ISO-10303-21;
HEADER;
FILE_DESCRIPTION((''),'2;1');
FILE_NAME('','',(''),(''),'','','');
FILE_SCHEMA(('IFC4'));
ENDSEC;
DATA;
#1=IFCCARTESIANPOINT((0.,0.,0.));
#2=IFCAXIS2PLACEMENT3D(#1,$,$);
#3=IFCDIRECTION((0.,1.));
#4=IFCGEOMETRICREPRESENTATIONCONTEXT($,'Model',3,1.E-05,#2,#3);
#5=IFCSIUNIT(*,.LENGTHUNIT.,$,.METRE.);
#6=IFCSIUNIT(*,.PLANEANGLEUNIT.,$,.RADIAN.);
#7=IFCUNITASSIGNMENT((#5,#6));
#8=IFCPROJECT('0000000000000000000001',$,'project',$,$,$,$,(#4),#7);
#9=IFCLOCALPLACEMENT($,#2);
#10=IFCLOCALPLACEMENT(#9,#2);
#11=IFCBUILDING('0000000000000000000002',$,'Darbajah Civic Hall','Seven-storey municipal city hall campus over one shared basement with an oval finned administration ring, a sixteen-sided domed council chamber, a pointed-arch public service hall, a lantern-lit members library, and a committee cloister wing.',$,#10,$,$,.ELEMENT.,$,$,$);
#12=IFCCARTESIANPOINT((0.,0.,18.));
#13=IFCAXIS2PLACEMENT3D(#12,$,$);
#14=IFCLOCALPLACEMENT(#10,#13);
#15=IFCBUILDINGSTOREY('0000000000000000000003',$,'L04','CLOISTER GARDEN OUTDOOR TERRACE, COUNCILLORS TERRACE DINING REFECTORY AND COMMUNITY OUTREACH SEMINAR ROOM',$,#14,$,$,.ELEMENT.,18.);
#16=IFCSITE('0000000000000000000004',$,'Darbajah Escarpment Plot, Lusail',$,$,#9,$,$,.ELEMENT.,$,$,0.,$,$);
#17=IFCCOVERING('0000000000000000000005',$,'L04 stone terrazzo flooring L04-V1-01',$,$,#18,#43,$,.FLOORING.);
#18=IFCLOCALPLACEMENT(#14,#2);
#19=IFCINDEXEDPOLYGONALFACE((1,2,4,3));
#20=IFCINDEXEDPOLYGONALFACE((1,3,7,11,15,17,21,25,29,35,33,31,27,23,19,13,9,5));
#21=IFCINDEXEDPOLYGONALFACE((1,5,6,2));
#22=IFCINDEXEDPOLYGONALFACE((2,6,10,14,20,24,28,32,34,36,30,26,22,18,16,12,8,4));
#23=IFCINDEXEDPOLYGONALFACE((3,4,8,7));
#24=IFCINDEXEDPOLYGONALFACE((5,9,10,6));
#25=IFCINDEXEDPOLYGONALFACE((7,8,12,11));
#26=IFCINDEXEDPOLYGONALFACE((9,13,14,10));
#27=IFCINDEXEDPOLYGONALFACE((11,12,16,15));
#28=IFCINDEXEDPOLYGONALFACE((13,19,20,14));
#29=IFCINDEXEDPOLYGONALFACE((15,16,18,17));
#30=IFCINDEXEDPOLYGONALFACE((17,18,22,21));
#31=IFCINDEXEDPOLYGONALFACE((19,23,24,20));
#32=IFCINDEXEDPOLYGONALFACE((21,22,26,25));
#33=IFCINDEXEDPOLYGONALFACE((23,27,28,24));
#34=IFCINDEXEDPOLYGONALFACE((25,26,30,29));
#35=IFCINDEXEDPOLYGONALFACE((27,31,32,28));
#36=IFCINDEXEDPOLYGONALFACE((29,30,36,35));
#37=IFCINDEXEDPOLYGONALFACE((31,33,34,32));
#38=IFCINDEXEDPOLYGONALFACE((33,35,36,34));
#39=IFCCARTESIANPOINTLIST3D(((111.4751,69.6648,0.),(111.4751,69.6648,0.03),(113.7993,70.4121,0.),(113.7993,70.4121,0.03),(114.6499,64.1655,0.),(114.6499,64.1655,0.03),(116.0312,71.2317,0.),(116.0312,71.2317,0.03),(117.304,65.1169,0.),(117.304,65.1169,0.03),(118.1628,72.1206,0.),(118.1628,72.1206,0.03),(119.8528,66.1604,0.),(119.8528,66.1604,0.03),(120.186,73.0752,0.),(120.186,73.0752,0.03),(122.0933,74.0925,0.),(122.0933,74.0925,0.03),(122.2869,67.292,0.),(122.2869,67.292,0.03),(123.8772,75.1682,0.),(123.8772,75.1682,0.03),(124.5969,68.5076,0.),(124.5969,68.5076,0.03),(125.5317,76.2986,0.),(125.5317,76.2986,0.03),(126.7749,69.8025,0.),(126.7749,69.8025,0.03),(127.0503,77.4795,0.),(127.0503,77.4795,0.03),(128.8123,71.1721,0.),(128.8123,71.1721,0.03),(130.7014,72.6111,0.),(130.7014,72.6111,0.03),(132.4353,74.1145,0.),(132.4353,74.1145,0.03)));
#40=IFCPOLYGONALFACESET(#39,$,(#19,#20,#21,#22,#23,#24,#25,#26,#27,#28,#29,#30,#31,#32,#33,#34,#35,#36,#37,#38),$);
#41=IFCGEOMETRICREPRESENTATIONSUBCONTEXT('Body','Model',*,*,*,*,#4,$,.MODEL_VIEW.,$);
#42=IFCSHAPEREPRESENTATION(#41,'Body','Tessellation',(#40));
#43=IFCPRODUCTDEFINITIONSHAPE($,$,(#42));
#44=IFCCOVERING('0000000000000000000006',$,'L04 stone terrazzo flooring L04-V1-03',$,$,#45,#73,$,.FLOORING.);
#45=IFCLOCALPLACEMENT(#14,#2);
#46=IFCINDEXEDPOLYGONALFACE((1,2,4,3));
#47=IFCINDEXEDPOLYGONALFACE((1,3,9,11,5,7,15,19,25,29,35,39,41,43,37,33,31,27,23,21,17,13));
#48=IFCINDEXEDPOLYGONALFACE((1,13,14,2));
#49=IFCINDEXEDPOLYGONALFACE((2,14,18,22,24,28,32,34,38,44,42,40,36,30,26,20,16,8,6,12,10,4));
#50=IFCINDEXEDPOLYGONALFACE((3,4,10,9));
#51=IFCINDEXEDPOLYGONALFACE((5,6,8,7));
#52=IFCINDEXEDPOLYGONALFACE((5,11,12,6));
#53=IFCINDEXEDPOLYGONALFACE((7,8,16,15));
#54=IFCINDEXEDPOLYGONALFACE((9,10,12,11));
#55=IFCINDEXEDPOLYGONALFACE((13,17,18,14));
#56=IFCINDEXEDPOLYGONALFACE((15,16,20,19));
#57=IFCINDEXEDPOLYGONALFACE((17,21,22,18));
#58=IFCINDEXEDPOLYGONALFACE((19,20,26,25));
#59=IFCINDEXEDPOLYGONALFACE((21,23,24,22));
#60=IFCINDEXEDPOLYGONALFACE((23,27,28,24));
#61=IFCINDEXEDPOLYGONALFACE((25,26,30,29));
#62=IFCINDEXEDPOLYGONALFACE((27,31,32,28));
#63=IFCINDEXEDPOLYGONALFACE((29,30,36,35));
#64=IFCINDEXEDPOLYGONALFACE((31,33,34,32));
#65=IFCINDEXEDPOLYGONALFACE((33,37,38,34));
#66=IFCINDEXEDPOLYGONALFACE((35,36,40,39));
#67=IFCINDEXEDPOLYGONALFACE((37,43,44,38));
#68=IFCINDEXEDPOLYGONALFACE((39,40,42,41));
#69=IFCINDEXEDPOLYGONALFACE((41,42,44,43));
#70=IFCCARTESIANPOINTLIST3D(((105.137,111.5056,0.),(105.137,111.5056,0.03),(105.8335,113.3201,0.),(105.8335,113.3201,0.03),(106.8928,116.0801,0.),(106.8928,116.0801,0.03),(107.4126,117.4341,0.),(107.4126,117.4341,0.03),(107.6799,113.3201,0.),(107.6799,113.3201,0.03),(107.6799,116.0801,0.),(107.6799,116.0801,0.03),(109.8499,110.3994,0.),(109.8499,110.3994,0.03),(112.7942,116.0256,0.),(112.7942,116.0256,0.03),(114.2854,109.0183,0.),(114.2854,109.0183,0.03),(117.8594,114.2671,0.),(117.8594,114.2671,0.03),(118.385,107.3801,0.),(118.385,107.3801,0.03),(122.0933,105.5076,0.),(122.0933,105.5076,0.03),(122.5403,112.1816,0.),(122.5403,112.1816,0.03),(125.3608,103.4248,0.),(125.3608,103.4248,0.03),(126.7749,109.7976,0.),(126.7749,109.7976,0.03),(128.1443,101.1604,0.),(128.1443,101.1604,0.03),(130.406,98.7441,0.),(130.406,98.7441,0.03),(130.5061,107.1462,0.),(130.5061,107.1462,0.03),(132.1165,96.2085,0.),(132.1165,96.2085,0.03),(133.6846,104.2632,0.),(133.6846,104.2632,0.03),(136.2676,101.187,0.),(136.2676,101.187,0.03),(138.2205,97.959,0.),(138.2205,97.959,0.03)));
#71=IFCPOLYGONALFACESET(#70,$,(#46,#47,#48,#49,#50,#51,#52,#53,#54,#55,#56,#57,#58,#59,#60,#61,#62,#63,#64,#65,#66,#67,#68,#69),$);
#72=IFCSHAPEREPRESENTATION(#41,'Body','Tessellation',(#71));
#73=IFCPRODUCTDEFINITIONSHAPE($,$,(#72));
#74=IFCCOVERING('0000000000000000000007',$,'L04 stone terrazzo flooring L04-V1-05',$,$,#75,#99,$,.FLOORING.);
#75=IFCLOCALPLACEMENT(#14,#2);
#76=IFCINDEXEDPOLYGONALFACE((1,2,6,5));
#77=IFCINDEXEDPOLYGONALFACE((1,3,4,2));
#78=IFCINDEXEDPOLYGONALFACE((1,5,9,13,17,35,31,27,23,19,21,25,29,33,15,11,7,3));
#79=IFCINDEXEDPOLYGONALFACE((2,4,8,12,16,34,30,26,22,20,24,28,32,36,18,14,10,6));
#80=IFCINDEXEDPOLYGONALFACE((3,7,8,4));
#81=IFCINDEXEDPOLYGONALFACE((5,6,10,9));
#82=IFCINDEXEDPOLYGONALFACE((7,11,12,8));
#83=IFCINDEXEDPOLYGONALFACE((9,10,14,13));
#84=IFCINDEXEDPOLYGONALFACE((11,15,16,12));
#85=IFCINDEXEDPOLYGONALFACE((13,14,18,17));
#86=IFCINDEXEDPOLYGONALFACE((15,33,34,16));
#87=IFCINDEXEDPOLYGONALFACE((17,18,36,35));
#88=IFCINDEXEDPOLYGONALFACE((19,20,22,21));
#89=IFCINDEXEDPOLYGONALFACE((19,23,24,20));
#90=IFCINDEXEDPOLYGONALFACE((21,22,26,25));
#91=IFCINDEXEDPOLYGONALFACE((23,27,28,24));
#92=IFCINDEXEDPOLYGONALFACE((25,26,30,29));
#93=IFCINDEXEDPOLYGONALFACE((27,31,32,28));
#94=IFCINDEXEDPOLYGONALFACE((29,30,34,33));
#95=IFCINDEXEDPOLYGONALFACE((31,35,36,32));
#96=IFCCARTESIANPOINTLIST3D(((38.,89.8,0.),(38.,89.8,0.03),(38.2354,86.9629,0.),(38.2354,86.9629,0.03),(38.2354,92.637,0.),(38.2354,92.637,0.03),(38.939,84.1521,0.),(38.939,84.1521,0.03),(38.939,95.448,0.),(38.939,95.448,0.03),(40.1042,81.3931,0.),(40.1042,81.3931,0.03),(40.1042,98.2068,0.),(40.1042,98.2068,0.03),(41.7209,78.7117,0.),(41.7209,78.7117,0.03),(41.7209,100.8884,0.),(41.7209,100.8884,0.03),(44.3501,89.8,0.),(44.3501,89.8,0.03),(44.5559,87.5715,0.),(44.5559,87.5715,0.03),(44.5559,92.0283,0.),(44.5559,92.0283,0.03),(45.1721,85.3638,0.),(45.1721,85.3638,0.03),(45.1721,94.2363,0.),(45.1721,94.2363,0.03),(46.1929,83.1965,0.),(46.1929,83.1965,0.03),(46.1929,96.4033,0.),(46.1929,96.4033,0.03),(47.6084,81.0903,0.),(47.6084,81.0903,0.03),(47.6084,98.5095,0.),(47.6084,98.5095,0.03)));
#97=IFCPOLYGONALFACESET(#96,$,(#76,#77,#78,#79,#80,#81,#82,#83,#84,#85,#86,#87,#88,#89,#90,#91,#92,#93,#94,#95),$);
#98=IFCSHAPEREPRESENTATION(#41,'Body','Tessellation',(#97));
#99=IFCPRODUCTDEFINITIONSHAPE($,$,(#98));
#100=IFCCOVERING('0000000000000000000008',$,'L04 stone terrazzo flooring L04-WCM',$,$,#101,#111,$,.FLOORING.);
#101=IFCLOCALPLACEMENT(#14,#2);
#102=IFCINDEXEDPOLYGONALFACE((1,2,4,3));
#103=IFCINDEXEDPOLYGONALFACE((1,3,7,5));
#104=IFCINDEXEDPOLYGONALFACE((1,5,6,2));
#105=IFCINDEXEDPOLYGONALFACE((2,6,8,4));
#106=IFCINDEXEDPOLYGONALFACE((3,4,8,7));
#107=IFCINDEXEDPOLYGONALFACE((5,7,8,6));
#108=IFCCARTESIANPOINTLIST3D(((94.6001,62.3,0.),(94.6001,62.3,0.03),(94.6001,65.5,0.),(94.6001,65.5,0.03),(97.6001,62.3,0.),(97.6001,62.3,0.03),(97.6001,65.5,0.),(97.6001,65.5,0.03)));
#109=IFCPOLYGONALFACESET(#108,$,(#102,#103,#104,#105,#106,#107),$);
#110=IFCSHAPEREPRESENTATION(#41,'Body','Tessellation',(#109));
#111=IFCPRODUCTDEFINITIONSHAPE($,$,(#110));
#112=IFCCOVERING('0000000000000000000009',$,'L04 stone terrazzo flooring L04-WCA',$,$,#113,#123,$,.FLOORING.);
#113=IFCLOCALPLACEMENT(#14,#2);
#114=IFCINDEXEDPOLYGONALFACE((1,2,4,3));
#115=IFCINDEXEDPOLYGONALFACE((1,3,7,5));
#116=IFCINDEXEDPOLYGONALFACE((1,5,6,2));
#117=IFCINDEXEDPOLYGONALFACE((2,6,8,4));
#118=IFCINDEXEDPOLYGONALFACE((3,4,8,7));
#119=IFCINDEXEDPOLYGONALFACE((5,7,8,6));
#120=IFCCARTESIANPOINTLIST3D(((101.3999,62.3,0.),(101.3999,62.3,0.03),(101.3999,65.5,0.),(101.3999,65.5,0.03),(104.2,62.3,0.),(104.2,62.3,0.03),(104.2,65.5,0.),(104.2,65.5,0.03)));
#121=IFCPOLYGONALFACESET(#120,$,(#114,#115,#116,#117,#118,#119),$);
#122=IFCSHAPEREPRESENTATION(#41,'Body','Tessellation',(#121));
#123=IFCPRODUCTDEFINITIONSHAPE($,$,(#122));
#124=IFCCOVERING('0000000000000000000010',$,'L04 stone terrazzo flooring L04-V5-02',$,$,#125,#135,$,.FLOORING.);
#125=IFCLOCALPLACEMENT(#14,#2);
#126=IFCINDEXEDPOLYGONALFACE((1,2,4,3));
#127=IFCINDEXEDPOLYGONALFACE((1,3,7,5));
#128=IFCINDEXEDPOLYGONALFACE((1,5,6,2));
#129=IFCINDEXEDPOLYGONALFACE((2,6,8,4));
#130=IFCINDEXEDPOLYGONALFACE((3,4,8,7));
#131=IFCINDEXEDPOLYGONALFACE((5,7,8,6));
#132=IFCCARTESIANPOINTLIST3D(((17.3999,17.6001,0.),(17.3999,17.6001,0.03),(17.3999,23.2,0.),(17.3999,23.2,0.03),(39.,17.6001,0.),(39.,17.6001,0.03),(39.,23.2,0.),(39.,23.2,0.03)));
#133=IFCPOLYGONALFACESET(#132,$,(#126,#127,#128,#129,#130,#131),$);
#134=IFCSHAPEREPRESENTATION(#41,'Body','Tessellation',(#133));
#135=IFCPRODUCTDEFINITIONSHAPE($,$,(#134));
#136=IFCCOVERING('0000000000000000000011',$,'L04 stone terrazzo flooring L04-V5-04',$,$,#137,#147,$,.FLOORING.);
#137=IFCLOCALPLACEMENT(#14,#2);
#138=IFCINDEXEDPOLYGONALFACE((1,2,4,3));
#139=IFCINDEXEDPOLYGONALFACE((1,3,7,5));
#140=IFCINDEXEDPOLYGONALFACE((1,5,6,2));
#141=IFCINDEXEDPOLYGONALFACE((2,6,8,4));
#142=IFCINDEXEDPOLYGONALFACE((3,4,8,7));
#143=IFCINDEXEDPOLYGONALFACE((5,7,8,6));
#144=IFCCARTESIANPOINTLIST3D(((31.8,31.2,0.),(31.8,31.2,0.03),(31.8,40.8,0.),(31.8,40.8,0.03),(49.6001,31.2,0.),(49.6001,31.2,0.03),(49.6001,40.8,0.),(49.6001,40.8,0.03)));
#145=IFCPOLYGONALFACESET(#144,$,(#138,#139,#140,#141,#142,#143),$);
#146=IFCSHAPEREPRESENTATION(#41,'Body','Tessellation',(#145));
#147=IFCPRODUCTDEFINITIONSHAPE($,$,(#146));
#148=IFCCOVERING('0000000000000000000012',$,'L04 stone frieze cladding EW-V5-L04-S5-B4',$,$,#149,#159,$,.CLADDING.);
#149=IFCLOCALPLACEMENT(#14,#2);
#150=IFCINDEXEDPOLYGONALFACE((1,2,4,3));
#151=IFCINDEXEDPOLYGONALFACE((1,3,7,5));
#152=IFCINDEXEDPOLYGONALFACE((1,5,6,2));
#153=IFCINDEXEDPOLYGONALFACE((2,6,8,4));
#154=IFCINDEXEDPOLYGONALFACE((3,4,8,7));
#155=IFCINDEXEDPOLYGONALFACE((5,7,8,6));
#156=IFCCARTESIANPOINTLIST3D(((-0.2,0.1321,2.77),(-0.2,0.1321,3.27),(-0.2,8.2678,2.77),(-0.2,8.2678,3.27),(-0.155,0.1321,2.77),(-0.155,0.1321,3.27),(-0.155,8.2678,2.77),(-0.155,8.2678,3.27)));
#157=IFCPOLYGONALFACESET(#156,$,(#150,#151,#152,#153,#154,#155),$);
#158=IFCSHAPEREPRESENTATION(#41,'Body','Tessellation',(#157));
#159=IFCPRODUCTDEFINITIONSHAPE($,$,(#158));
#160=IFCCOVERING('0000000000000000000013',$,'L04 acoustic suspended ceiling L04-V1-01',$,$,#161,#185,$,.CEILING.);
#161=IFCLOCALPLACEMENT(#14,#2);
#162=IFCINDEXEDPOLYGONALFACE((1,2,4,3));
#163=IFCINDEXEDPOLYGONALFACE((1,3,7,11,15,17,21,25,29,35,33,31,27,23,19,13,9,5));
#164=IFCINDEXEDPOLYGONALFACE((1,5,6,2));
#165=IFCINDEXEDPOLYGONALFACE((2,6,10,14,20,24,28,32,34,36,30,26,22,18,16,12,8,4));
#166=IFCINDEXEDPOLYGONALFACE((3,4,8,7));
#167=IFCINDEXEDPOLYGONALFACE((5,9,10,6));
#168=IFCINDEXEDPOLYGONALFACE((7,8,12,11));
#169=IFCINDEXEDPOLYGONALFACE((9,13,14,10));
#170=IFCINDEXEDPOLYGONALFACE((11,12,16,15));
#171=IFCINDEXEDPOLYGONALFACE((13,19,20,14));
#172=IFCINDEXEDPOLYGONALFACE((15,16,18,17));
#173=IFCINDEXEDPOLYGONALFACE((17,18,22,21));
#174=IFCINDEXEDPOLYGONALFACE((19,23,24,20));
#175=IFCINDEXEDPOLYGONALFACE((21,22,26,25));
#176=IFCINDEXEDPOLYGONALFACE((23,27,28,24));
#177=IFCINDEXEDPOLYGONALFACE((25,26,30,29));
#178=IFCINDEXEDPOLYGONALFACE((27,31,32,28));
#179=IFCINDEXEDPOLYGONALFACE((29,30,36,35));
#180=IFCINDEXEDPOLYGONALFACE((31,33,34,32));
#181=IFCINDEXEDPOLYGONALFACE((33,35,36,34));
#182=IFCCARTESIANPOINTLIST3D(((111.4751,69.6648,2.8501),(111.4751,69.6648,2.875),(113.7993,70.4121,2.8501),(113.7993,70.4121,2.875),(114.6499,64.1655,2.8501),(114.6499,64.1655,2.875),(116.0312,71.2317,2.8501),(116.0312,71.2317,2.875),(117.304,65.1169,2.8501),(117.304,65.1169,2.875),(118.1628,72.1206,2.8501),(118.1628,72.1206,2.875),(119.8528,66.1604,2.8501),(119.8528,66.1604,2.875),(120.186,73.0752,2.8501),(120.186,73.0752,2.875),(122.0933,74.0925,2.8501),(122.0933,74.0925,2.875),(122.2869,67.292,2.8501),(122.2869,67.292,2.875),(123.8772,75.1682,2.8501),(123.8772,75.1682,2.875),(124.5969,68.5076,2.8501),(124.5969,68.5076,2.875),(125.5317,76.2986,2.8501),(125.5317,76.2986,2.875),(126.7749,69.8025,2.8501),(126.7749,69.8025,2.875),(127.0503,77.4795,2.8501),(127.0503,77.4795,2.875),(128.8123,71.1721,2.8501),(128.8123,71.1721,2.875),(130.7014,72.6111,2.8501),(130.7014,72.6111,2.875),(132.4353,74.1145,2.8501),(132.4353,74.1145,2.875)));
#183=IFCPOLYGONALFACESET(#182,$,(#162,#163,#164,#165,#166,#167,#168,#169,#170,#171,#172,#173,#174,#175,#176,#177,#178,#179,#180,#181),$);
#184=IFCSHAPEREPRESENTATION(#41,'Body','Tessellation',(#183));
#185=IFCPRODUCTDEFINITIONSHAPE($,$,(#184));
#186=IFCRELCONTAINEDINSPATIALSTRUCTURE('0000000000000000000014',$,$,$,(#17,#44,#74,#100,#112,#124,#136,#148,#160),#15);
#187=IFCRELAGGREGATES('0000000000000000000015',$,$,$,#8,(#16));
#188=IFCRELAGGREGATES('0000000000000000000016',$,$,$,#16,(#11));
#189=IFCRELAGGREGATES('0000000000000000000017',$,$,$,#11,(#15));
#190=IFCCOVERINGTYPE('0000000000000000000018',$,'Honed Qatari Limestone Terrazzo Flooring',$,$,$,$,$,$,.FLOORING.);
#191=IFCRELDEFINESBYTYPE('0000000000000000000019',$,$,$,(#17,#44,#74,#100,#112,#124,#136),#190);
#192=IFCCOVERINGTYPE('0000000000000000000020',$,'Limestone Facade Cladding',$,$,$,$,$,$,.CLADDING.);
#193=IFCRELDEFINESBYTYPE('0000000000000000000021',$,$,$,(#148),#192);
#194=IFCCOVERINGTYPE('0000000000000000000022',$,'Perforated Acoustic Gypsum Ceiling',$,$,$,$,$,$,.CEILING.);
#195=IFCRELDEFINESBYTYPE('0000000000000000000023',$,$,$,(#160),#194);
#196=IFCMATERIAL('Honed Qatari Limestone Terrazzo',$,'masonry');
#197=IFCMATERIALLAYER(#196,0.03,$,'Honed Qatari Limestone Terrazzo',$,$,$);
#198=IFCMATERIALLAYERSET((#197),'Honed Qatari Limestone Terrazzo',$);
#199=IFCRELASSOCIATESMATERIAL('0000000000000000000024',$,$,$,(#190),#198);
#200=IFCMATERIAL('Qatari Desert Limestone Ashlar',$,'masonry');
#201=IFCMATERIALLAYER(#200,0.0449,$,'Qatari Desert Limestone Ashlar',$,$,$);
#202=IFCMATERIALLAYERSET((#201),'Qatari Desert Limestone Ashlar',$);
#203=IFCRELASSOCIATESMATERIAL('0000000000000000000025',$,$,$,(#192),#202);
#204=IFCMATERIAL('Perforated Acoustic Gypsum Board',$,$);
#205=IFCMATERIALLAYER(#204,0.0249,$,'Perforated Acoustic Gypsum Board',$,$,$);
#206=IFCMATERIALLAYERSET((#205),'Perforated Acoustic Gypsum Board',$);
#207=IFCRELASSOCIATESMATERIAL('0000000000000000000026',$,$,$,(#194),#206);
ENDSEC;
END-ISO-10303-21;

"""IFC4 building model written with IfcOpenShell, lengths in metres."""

from ifc_helpers import new_model, si_unit, direction, frame, origin, place, context, subcontext, project, spatial, polyline, outline, extrude, material, layer, layer_set, type_object, element, save


model = new_model("IFC4")

# Units and contexts
model_context = context("Model", 3, precision=1e-05, world=origin(), true_north=direction((0.0, 1.0)))
body_context = subcontext(model_context, "Body", "Model", "MODEL_VIEW")
ifc_project = project(units=[si_unit("LENGTHUNIT", "METRE"), si_unit("PLANEANGLEUNIT", "RADIAN")], contexts=[model_context])

# Site, building, storey
site_placement = place(None, origin())
site = spatial("IfcSite", under=ifc_project, at=site_placement, Name="Darbajah Escarpment Plot, Lusail", CompositionType="ELEMENT", RefElevation=0.0)
building_placement = place(site_placement, origin())
building = spatial("IfcBuilding", under=site, at=building_placement, Name="Darbajah Civic Hall", Description="Seven-storey municipal city hall campus over one shared basement with an oval finned administration ring, a sixteen-sided domed council chamber, a pointed-arch public service hall, a lantern-lit members library, and a committee cloister wing.", CompositionType="ELEMENT")
storey_placement = place(building_placement, frame((0.0, 0.0, 18.0)))
storey = spatial("IfcBuildingStorey", under=building, at=storey_placement, Name="L04", Description="CLOISTER GARDEN OUTDOOR TERRACE, COUNCILLORS TERRACE DINING REFECTORY AND COMMUNITY OUTREACH SEMINAR ROOM", CompositionType="ELEMENT", Elevation=18.0)

# Coverings
ifc_material_1 = material(Name="Honed Qatari Limestone Terrazzo", Category="masonry")
ifc_layer_1 = layer(ifc_material_1, 0.03, Name="Honed Qatari Limestone Terrazzo")
ifc_layer_set_1 = layer_set([ifc_layer_1], Name="Honed Qatari Limestone Terrazzo")
covering_type_1 = type_object("IfcCoveringType", Name="Honed Qatari Limestone Terrazzo Flooring", PredefinedType="FLOORING", material=ifc_layer_set_1)
covering_1_placement = place(storey_placement, origin())
element("IfcCovering", 1, at=covering_1_placement, inside=storey, type_object=covering_type_1, Name="L04 stone terrazzo flooring L04-V1-01", PredefinedType="FLOORING", context=body_context, shape_type="SweptSolid", body=[
    extrude(outline(polyline([(114.6499, 64.1655), (117.304, 65.1169), (119.8528, 66.1604), (122.2869, 67.292), (124.5969, 68.5076), (126.7749, 69.8025), (128.8123, 71.1721), (130.7014, 72.6111), (132.4353, 74.1145), (127.0503, 77.4795), (125.5317, 76.2986), (123.8772, 75.1682), (122.0933, 74.0925), (120.186, 73.0752), (118.1628, 72.1206), (116.0312, 71.2317), (113.7993, 70.4121), (111.4751, 69.6648), (114.6499, 64.1655)])), origin(), (0.0, 0.0, 1.0), 0.03),
])
covering_2_placement = place(storey_placement, origin())
element("IfcCovering", 2, at=covering_2_placement, inside=storey, type_object=covering_type_1, Name="L04 stone terrazzo flooring L04-V1-03", PredefinedType="FLOORING", context=body_context, shape_type="SweptSolid", body=[
    extrude(outline(polyline([(132.1165, 96.2085), (130.406, 98.7441), (128.1443, 101.1604), (125.3608, 103.4248), (122.0933, 105.5076), (118.385, 107.3801), (114.2854, 109.0183), (109.8499, 110.3994), (105.137, 111.5056), (105.8335, 113.3201), (107.6799, 113.3201), (107.6799, 116.0801), (106.8928, 116.0801), (107.4126, 117.4341), (112.7942, 116.0256), (117.8594, 114.2671), (122.5403, 112.1816), (126.7749, 109.7976), (130.5061, 107.1462), (133.6846, 104.2632), (136.2676, 101.187), (138.2205, 97.959), (132.1165, 96.2085)])), origin(), (0.0, 0.0, 1.0), 0.03),
])
covering_3_placement = place(storey_placement, origin())
element("IfcCovering", 3, at=covering_3_placement, inside=storey, type_object=covering_type_1, Name="L04 stone terrazzo flooring L04-V1-05", PredefinedType="FLOORING", context=body_context, shape_type="SweptSolid", body=[
    extrude(outline(polyline([(41.7209, 100.8884), (40.1042, 98.2068), (38.939, 95.448), (38.2354, 92.637), (38.0, 89.8), (38.2354, 86.9629), (38.939, 84.1521), (40.1042, 81.3931), (41.7209, 78.7117), (47.6084, 81.0903), (46.1929, 83.1965), (45.1721, 85.3638), (44.5559, 87.5715), (44.3501, 89.8), (44.5559, 92.0283), (45.1721, 94.2363), (46.1929, 96.4033), (47.6084, 98.5095), (41.7209, 100.8884)])), origin(), (0.0, 0.0, 1.0), 0.03),
])
covering_4_placement = place(storey_placement, origin())
element("IfcCovering", 4, at=covering_4_placement, inside=storey, type_object=covering_type_1, Name="L04 stone terrazzo flooring L04-WCM", PredefinedType="FLOORING", context=body_context, shape_type="SweptSolid", body=[
    extrude(outline(polyline([(94.6001, 62.3), (97.6001, 62.3), (97.6001, 65.5), (94.6001, 65.5), (94.6001, 62.3)])), origin(), (0.0, 0.0, 1.0), 0.03),
])
covering_5_placement = place(storey_placement, origin())
element("IfcCovering", 5, at=covering_5_placement, inside=storey, type_object=covering_type_1, Name="L04 stone terrazzo flooring L04-WCA", PredefinedType="FLOORING", context=body_context, shape_type="SweptSolid", body=[
    extrude(outline(polyline([(101.3999, 62.3), (104.2, 62.3), (104.2, 65.5), (101.3999, 65.5), (101.3999, 62.3)])), origin(), (0.0, 0.0, 1.0), 0.03),
])
covering_6_placement = place(storey_placement, origin())
element("IfcCovering", 6, at=covering_6_placement, inside=storey, type_object=covering_type_1, Name="L04 stone terrazzo flooring L04-V5-02", PredefinedType="FLOORING", context=body_context, shape_type="SweptSolid", body=[
    extrude(outline(polyline([(17.3999, 17.6001), (39.0, 17.6001), (39.0, 23.2), (17.3999, 23.2), (17.3999, 17.6001)])), origin(), (0.0, 0.0, 1.0), 0.03),
])
covering_7_placement = place(storey_placement, origin())
element("IfcCovering", 7, at=covering_7_placement, inside=storey, type_object=covering_type_1, Name="L04 stone terrazzo flooring L04-V5-04", PredefinedType="FLOORING", context=body_context, shape_type="SweptSolid", body=[
    extrude(outline(polyline([(31.8, 31.2), (49.6001, 31.2), (49.6001, 40.8), (31.8, 40.8), (31.8, 31.2)])), origin(), (0.0, 0.0, 1.0), 0.03),
])
ifc_material_2 = material(Name="Qatari Desert Limestone Ashlar", Category="masonry")
ifc_layer_2 = layer(ifc_material_2, 0.0449, Name="Qatari Desert Limestone Ashlar")
ifc_layer_set_2 = layer_set([ifc_layer_2], Name="Qatari Desert Limestone Ashlar")
covering_type_2 = type_object("IfcCoveringType", Name="Limestone Facade Cladding", PredefinedType="CLADDING", material=ifc_layer_set_2)
covering_8_placement = place(storey_placement, frame((0.0, 0.0, 2.77)))
element("IfcCovering", 8, at=covering_8_placement, inside=storey, type_object=covering_type_2, Name="L04 stone frieze cladding EW-V5-L04-S5-B4", PredefinedType="CLADDING", context=body_context, shape_type="SweptSolid", body=[
    extrude(outline(polyline([(-0.155, 8.2678), (-0.155, 0.1321), (-0.2, 0.1321), (-0.2, 8.2678), (-0.155, 8.2678)])), origin(), (0.0, 0.0, 1.0), 0.5),
])
ifc_material_3 = material(Name="Perforated Acoustic Gypsum Board")
ifc_layer_3 = layer(ifc_material_3, 0.0249, Name="Perforated Acoustic Gypsum Board")
ifc_layer_set_3 = layer_set([ifc_layer_3], Name="Perforated Acoustic Gypsum Board")
covering_type_3 = type_object("IfcCoveringType", Name="Perforated Acoustic Gypsum Ceiling", PredefinedType="CEILING", material=ifc_layer_set_3)
covering_9_placement = place(storey_placement, frame((0.0, 0.0, 2.8501)))
element("IfcCovering", 9, at=covering_9_placement, inside=storey, type_object=covering_type_3, Name="L04 acoustic suspended ceiling L04-V1-01", PredefinedType="CEILING", context=body_context, shape_type="SweptSolid", body=[
    extrude(outline(polyline([(114.6499, 64.1655), (117.304, 65.1169), (119.8528, 66.1604), (122.2869, 67.292), (124.5969, 68.5076), (126.7749, 69.8025), (128.8123, 71.1721), (130.7014, 72.6111), (132.4353, 74.1145), (127.0503, 77.4795), (125.5317, 76.2986), (123.8772, 75.1682), (122.0933, 74.0925), (120.186, 73.0752), (118.1628, 72.1206), (116.0312, 71.2317), (113.7993, 70.4121), (111.4751, 69.6648), (114.6499, 64.1655)])), origin(), (0.0, 0.0, 1.0), 0.0249),
])

save(model, "model.ifc")
